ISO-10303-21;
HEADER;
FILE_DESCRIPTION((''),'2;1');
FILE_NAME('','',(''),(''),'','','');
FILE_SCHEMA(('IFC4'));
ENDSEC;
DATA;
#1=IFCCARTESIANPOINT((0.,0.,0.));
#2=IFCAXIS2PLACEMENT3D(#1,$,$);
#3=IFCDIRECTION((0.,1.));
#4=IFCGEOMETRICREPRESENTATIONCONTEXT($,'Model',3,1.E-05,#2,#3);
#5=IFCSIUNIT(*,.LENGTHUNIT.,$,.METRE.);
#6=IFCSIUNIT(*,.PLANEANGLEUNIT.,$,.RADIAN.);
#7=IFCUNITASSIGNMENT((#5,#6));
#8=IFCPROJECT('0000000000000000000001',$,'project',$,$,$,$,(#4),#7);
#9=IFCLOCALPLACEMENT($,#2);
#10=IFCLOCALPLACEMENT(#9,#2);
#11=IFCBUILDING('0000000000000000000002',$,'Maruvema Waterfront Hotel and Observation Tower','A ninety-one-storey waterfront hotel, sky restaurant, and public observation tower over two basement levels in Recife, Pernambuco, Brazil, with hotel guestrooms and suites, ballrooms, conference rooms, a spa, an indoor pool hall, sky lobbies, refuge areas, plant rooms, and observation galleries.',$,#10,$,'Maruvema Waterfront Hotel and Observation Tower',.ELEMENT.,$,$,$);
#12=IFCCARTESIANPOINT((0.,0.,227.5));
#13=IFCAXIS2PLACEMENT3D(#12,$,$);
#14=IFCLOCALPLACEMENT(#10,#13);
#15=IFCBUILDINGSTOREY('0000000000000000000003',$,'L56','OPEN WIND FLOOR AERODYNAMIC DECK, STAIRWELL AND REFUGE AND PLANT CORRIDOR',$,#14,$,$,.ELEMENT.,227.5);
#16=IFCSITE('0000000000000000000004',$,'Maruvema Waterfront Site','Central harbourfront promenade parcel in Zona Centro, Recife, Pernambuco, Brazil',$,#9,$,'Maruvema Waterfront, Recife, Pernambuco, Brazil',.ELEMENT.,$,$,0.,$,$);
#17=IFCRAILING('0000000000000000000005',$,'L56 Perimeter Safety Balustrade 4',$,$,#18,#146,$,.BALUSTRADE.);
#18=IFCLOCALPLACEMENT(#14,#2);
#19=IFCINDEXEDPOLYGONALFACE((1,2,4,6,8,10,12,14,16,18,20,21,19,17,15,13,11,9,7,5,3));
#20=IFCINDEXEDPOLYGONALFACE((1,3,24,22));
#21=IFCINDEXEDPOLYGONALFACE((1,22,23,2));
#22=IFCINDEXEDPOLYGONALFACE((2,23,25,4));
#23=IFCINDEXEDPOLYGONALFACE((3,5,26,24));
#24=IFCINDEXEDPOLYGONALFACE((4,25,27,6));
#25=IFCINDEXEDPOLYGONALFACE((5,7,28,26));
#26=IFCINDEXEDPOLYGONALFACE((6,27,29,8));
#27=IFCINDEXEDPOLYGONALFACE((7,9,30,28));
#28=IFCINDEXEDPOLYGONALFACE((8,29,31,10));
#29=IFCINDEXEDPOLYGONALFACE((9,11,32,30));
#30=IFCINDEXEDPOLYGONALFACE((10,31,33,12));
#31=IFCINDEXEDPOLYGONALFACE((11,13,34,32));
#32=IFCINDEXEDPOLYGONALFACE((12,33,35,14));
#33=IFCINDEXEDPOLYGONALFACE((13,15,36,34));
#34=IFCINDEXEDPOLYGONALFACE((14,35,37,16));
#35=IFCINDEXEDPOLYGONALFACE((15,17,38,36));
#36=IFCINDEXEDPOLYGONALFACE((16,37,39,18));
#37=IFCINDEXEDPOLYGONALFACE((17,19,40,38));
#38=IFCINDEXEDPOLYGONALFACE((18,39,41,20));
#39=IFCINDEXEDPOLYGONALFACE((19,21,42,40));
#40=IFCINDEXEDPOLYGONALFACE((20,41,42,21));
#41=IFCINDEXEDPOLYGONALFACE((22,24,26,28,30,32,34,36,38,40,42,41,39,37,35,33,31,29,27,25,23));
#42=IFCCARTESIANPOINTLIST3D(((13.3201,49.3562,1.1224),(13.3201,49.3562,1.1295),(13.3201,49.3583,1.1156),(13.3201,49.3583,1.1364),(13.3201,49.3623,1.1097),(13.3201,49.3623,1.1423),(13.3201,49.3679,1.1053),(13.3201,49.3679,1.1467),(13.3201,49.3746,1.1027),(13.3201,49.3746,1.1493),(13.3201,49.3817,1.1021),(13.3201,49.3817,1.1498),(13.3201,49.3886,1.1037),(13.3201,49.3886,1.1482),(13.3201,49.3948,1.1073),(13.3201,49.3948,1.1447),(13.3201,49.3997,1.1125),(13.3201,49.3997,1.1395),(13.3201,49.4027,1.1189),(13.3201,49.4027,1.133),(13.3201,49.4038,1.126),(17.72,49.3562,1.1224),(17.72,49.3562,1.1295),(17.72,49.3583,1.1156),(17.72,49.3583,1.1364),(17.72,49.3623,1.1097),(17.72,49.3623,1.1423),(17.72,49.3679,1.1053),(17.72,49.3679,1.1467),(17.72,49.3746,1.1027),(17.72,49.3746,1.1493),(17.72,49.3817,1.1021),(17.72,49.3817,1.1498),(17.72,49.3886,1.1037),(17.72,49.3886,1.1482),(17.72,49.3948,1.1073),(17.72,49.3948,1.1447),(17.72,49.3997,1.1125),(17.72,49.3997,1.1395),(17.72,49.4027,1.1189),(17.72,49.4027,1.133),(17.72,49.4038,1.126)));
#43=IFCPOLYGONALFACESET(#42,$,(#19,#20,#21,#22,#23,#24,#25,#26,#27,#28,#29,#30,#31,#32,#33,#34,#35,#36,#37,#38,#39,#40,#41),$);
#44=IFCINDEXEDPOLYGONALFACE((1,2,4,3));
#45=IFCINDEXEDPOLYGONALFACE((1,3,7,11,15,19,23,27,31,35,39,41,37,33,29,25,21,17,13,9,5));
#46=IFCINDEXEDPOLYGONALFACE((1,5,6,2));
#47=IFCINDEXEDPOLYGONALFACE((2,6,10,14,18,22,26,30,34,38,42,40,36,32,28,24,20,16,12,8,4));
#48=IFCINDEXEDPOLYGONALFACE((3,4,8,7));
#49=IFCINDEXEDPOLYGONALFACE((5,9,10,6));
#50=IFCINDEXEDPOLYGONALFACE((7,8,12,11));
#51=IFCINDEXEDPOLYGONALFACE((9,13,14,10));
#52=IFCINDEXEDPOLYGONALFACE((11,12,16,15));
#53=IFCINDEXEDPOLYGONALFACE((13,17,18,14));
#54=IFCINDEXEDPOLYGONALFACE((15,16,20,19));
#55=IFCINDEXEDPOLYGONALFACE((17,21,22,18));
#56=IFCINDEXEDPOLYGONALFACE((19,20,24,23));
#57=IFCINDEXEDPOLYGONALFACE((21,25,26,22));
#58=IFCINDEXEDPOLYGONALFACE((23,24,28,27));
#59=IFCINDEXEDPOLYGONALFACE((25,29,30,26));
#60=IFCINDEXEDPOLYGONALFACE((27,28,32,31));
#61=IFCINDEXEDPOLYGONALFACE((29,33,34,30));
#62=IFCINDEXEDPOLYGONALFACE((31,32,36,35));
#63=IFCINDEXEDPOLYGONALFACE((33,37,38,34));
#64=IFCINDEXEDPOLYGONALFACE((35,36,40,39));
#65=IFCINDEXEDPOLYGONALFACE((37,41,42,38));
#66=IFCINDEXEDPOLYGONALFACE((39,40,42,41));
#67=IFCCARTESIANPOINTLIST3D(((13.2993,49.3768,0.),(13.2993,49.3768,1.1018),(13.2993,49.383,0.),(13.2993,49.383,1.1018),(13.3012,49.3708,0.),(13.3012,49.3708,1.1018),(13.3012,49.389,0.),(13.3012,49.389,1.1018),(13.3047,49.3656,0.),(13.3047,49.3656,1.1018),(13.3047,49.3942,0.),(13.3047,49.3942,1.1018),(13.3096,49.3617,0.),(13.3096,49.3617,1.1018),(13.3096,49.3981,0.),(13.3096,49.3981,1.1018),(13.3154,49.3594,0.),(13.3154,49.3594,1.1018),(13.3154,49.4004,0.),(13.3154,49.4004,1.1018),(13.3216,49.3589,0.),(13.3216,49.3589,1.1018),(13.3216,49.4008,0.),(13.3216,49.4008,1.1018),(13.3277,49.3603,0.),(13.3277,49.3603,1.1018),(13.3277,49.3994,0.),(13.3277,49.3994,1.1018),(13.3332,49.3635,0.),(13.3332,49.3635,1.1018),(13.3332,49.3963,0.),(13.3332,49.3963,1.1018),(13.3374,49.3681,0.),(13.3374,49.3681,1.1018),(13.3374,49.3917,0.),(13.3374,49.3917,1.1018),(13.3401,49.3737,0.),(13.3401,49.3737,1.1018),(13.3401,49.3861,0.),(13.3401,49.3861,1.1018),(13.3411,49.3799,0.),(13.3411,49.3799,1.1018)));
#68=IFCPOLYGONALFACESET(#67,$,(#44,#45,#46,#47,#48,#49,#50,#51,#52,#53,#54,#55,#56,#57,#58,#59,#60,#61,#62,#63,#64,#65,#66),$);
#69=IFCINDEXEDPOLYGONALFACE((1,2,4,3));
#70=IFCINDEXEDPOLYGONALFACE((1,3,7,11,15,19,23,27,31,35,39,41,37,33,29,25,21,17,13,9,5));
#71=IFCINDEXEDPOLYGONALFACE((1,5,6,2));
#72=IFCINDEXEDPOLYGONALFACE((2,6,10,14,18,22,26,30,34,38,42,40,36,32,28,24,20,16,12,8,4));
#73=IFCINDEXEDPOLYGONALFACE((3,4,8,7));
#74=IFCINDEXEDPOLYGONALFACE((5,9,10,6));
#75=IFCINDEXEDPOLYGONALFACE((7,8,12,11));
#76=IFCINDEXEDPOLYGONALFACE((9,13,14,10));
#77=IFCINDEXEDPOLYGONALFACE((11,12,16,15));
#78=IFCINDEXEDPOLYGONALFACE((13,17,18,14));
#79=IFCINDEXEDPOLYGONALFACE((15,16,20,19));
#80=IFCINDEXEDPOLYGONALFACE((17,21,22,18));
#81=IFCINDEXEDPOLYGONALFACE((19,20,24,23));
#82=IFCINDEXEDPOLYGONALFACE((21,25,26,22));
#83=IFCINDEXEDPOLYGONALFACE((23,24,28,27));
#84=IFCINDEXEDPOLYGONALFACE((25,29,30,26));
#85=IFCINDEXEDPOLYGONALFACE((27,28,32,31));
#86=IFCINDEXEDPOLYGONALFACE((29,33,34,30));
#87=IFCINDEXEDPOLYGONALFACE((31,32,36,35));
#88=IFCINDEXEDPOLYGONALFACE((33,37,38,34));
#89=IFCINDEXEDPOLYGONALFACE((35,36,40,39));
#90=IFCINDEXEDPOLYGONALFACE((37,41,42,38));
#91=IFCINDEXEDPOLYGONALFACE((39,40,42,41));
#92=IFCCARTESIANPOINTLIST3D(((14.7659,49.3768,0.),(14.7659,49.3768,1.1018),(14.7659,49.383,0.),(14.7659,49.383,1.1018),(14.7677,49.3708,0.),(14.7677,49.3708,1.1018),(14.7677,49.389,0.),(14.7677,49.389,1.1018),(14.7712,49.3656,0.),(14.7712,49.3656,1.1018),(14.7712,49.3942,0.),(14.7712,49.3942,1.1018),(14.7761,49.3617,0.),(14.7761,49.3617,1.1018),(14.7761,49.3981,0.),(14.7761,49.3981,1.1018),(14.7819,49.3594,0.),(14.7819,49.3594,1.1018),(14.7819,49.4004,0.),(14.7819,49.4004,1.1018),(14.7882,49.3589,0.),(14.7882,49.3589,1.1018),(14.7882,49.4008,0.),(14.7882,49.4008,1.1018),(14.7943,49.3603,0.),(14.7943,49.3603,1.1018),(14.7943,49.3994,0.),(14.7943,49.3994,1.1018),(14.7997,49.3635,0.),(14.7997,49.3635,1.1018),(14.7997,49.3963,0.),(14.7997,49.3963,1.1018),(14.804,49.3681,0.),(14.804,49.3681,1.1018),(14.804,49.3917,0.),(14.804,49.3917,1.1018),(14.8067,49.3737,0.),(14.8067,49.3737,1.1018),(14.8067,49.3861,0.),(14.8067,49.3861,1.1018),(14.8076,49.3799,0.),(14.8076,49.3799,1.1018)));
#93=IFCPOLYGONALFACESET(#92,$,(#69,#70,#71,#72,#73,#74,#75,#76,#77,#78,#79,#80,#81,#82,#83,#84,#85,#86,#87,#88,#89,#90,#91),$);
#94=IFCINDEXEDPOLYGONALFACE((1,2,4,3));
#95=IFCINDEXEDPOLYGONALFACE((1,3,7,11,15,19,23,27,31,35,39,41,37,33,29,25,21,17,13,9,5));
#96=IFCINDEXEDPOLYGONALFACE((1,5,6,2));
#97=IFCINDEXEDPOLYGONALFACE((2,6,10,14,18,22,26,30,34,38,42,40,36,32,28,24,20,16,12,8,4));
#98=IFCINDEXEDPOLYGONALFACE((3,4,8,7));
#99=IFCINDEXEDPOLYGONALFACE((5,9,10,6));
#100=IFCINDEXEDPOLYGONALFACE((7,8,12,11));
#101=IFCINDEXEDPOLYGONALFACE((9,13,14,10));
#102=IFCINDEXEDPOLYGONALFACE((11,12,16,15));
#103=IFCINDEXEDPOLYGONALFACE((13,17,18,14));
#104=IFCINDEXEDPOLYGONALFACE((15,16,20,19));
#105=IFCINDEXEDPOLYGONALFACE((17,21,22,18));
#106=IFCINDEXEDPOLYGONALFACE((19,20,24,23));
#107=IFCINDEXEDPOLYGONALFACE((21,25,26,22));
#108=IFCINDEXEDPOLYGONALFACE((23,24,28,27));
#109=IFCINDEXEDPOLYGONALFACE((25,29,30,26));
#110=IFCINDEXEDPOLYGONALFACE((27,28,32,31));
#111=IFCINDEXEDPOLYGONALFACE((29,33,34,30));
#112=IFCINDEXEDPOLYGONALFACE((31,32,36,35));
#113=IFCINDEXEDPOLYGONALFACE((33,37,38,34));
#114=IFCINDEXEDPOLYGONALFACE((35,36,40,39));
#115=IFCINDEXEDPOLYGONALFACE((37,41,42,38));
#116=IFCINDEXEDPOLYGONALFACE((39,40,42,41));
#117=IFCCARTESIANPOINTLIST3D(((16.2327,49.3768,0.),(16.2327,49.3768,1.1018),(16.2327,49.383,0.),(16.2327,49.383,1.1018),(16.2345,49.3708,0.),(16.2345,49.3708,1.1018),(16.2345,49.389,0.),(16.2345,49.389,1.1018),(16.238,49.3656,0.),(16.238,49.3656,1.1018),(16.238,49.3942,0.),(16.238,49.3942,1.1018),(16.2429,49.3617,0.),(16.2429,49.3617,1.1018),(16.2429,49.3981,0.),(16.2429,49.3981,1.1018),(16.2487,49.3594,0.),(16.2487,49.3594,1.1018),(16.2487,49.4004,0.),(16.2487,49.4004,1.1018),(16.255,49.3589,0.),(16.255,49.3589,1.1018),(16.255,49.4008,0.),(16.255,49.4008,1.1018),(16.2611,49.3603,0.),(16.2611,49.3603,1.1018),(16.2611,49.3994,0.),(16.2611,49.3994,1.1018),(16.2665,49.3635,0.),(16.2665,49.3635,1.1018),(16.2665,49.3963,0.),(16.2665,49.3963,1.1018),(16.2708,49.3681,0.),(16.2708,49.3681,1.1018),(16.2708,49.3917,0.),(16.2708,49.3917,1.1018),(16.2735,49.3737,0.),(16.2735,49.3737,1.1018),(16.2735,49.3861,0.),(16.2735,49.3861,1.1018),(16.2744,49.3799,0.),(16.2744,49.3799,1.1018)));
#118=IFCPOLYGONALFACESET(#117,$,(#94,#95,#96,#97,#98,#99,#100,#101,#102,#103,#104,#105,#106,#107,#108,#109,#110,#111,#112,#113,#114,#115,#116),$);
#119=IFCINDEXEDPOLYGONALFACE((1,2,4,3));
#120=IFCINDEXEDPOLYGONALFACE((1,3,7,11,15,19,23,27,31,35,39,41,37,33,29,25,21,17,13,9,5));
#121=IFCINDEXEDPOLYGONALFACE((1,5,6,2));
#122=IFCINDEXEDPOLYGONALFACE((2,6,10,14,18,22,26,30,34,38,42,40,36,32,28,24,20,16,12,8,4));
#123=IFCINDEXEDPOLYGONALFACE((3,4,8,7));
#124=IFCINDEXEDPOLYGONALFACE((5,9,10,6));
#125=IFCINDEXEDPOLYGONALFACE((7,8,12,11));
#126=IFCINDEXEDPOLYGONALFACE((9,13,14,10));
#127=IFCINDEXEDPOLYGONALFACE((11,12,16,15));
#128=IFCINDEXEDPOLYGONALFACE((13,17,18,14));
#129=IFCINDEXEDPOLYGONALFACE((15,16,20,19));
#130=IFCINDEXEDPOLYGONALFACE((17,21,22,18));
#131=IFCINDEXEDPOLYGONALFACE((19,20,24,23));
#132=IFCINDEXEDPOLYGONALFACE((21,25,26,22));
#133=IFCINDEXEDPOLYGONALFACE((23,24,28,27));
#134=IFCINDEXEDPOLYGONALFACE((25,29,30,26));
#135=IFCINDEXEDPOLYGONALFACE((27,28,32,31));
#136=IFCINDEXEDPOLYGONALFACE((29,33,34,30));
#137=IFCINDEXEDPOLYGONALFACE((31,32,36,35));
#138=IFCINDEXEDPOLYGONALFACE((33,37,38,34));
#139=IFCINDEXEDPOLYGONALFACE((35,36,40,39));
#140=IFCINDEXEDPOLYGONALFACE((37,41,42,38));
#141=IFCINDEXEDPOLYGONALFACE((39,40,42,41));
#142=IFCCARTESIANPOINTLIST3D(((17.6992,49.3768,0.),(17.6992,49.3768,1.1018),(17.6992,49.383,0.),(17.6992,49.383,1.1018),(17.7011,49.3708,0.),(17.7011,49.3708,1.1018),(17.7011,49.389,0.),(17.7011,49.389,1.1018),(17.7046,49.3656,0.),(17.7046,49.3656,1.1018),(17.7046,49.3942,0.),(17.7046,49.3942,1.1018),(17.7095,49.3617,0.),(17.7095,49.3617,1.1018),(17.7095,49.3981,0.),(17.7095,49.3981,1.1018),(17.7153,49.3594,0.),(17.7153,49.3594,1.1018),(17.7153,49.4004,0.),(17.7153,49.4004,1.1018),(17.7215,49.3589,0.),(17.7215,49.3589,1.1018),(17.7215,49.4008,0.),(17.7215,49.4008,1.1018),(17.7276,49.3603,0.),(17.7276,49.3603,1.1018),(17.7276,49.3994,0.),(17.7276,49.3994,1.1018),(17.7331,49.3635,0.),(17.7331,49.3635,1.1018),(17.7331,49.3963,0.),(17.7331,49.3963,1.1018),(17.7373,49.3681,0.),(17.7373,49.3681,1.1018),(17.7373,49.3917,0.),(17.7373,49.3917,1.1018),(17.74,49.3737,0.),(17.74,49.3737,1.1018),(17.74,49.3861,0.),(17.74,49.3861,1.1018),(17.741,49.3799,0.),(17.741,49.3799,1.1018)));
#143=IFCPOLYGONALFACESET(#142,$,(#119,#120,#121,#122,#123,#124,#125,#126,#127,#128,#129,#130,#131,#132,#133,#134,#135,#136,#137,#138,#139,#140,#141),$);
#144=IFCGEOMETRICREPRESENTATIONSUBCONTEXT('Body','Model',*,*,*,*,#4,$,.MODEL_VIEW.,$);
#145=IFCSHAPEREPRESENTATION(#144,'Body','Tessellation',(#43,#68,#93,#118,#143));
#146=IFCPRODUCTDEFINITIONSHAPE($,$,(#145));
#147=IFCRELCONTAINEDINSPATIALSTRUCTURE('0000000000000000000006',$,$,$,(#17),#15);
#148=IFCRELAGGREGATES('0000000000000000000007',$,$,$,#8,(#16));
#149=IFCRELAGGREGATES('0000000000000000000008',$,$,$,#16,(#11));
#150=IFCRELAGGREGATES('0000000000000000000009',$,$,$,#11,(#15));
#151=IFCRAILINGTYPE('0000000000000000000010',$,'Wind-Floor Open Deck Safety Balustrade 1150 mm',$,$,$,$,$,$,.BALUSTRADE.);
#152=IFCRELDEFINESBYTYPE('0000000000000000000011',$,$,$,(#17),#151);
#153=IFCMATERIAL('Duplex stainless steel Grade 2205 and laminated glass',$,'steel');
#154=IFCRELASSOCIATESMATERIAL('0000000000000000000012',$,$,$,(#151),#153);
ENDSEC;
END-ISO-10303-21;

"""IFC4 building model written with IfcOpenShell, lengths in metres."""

from ifc_helpers import new_model, si_unit, direction, frame, origin, origin_2d, place, context, subcontext, project, spatial, circle, extrude, material, type_object, element, save


model = new_model("IFC4")

# Units and contexts
model_context = context("Model", 3, precision=1e-05, world=origin(), true_north=direction((0.0, 1.0)))
body_context = subcontext(model_context, "Body", "Model", "MODEL_VIEW")
ifc_project = project(units=[si_unit("LENGTHUNIT", "METRE"), si_unit("PLANEANGLEUNIT", "RADIAN")], contexts=[model_context])

# Site, building, storey
site_placement = place(None, origin())
site = spatial("IfcSite", under=ifc_project, at=site_placement, Name="Maruvema Waterfront Site", Description="Central harbourfront promenade parcel in Zona Centro, Recife, Pernambuco, Brazil", LongName="Maruvema Waterfront, Recife, Pernambuco, Brazil", CompositionType="ELEMENT", RefElevation=0.0)
building_placement = place(site_placement, origin())
building = spatial("IfcBuilding", under=site, at=building_placement, Name="Maruvema Waterfront Hotel and Observation Tower", Description="A ninety-one-storey waterfront hotel, sky restaurant, and public observation tower over two basement levels in Recife, Pernambuco, Brazil, with hotel guestrooms and suites, ballrooms, conference rooms, a spa, an indoor pool hall, sky lobbies, refuge areas, plant rooms, and observation galleries.", LongName="Maruvema Waterfront Hotel and Observation Tower", CompositionType="ELEMENT")
storey_placement = place(building_placement, frame((0.0, 0.0, 227.5)))
storey = spatial("IfcBuildingStorey", under=building, at=storey_placement, Name="L56", Description="OPEN WIND FLOOR AERODYNAMIC DECK, STAIRWELL AND REFUGE AND PLANT CORRIDOR", CompositionType="ELEMENT", Elevation=227.5)

# Railing
ifc_material_1 = material(Name="Duplex stainless steel Grade 2205 and laminated glass", Category="steel")
railing_type = type_object("IfcRailingType", Name="Wind-Floor Open Deck Safety Balustrade 1150 mm", PredefinedType="BALUSTRADE", material=ifc_material_1)
railing_1_placement = place(storey_placement, frame((13.3201, 49.3799, 0.0)))
element("IfcRailing", 1, at=railing_1_placement, inside=storey, type_object=railing_type, Name="L56 Perimeter Safety Balustrade 4", PredefinedType="BALUSTRADE", context=body_context, shape_type="SweptSolid", body=[
    extrude(circle(Radius=0.0239, at=origin_2d()), frame((0.0, 0.0, 1.126), z_axis=(1.0, 0.0, 0.0), x_axis=(0.0, 1.0, 0.0)), (0.0, 0.0, 1.0), 4.3999),
    extrude(circle(Radius=0.021, at=origin_2d()), origin(), (0.0, 0.0, 1.0), 1.1018),
    extrude(circle(Radius=0.021, at=origin_2d()), frame((1.4666, 0.0, 0.0)), (0.0, 0.0, 1.0), 1.1018),
    extrude(circle(Radius=0.021, at=origin_2d()), frame((2.9333, 0.0, 0.0)), (0.0, 0.0, 1.0), 1.1018),
    extrude(circle(Radius=0.021, at=origin_2d()), frame((4.3999, 0.0, 0.0)), (0.0, 0.0, 1.0), 1.1018),
])

save(model, "model.ifc")
